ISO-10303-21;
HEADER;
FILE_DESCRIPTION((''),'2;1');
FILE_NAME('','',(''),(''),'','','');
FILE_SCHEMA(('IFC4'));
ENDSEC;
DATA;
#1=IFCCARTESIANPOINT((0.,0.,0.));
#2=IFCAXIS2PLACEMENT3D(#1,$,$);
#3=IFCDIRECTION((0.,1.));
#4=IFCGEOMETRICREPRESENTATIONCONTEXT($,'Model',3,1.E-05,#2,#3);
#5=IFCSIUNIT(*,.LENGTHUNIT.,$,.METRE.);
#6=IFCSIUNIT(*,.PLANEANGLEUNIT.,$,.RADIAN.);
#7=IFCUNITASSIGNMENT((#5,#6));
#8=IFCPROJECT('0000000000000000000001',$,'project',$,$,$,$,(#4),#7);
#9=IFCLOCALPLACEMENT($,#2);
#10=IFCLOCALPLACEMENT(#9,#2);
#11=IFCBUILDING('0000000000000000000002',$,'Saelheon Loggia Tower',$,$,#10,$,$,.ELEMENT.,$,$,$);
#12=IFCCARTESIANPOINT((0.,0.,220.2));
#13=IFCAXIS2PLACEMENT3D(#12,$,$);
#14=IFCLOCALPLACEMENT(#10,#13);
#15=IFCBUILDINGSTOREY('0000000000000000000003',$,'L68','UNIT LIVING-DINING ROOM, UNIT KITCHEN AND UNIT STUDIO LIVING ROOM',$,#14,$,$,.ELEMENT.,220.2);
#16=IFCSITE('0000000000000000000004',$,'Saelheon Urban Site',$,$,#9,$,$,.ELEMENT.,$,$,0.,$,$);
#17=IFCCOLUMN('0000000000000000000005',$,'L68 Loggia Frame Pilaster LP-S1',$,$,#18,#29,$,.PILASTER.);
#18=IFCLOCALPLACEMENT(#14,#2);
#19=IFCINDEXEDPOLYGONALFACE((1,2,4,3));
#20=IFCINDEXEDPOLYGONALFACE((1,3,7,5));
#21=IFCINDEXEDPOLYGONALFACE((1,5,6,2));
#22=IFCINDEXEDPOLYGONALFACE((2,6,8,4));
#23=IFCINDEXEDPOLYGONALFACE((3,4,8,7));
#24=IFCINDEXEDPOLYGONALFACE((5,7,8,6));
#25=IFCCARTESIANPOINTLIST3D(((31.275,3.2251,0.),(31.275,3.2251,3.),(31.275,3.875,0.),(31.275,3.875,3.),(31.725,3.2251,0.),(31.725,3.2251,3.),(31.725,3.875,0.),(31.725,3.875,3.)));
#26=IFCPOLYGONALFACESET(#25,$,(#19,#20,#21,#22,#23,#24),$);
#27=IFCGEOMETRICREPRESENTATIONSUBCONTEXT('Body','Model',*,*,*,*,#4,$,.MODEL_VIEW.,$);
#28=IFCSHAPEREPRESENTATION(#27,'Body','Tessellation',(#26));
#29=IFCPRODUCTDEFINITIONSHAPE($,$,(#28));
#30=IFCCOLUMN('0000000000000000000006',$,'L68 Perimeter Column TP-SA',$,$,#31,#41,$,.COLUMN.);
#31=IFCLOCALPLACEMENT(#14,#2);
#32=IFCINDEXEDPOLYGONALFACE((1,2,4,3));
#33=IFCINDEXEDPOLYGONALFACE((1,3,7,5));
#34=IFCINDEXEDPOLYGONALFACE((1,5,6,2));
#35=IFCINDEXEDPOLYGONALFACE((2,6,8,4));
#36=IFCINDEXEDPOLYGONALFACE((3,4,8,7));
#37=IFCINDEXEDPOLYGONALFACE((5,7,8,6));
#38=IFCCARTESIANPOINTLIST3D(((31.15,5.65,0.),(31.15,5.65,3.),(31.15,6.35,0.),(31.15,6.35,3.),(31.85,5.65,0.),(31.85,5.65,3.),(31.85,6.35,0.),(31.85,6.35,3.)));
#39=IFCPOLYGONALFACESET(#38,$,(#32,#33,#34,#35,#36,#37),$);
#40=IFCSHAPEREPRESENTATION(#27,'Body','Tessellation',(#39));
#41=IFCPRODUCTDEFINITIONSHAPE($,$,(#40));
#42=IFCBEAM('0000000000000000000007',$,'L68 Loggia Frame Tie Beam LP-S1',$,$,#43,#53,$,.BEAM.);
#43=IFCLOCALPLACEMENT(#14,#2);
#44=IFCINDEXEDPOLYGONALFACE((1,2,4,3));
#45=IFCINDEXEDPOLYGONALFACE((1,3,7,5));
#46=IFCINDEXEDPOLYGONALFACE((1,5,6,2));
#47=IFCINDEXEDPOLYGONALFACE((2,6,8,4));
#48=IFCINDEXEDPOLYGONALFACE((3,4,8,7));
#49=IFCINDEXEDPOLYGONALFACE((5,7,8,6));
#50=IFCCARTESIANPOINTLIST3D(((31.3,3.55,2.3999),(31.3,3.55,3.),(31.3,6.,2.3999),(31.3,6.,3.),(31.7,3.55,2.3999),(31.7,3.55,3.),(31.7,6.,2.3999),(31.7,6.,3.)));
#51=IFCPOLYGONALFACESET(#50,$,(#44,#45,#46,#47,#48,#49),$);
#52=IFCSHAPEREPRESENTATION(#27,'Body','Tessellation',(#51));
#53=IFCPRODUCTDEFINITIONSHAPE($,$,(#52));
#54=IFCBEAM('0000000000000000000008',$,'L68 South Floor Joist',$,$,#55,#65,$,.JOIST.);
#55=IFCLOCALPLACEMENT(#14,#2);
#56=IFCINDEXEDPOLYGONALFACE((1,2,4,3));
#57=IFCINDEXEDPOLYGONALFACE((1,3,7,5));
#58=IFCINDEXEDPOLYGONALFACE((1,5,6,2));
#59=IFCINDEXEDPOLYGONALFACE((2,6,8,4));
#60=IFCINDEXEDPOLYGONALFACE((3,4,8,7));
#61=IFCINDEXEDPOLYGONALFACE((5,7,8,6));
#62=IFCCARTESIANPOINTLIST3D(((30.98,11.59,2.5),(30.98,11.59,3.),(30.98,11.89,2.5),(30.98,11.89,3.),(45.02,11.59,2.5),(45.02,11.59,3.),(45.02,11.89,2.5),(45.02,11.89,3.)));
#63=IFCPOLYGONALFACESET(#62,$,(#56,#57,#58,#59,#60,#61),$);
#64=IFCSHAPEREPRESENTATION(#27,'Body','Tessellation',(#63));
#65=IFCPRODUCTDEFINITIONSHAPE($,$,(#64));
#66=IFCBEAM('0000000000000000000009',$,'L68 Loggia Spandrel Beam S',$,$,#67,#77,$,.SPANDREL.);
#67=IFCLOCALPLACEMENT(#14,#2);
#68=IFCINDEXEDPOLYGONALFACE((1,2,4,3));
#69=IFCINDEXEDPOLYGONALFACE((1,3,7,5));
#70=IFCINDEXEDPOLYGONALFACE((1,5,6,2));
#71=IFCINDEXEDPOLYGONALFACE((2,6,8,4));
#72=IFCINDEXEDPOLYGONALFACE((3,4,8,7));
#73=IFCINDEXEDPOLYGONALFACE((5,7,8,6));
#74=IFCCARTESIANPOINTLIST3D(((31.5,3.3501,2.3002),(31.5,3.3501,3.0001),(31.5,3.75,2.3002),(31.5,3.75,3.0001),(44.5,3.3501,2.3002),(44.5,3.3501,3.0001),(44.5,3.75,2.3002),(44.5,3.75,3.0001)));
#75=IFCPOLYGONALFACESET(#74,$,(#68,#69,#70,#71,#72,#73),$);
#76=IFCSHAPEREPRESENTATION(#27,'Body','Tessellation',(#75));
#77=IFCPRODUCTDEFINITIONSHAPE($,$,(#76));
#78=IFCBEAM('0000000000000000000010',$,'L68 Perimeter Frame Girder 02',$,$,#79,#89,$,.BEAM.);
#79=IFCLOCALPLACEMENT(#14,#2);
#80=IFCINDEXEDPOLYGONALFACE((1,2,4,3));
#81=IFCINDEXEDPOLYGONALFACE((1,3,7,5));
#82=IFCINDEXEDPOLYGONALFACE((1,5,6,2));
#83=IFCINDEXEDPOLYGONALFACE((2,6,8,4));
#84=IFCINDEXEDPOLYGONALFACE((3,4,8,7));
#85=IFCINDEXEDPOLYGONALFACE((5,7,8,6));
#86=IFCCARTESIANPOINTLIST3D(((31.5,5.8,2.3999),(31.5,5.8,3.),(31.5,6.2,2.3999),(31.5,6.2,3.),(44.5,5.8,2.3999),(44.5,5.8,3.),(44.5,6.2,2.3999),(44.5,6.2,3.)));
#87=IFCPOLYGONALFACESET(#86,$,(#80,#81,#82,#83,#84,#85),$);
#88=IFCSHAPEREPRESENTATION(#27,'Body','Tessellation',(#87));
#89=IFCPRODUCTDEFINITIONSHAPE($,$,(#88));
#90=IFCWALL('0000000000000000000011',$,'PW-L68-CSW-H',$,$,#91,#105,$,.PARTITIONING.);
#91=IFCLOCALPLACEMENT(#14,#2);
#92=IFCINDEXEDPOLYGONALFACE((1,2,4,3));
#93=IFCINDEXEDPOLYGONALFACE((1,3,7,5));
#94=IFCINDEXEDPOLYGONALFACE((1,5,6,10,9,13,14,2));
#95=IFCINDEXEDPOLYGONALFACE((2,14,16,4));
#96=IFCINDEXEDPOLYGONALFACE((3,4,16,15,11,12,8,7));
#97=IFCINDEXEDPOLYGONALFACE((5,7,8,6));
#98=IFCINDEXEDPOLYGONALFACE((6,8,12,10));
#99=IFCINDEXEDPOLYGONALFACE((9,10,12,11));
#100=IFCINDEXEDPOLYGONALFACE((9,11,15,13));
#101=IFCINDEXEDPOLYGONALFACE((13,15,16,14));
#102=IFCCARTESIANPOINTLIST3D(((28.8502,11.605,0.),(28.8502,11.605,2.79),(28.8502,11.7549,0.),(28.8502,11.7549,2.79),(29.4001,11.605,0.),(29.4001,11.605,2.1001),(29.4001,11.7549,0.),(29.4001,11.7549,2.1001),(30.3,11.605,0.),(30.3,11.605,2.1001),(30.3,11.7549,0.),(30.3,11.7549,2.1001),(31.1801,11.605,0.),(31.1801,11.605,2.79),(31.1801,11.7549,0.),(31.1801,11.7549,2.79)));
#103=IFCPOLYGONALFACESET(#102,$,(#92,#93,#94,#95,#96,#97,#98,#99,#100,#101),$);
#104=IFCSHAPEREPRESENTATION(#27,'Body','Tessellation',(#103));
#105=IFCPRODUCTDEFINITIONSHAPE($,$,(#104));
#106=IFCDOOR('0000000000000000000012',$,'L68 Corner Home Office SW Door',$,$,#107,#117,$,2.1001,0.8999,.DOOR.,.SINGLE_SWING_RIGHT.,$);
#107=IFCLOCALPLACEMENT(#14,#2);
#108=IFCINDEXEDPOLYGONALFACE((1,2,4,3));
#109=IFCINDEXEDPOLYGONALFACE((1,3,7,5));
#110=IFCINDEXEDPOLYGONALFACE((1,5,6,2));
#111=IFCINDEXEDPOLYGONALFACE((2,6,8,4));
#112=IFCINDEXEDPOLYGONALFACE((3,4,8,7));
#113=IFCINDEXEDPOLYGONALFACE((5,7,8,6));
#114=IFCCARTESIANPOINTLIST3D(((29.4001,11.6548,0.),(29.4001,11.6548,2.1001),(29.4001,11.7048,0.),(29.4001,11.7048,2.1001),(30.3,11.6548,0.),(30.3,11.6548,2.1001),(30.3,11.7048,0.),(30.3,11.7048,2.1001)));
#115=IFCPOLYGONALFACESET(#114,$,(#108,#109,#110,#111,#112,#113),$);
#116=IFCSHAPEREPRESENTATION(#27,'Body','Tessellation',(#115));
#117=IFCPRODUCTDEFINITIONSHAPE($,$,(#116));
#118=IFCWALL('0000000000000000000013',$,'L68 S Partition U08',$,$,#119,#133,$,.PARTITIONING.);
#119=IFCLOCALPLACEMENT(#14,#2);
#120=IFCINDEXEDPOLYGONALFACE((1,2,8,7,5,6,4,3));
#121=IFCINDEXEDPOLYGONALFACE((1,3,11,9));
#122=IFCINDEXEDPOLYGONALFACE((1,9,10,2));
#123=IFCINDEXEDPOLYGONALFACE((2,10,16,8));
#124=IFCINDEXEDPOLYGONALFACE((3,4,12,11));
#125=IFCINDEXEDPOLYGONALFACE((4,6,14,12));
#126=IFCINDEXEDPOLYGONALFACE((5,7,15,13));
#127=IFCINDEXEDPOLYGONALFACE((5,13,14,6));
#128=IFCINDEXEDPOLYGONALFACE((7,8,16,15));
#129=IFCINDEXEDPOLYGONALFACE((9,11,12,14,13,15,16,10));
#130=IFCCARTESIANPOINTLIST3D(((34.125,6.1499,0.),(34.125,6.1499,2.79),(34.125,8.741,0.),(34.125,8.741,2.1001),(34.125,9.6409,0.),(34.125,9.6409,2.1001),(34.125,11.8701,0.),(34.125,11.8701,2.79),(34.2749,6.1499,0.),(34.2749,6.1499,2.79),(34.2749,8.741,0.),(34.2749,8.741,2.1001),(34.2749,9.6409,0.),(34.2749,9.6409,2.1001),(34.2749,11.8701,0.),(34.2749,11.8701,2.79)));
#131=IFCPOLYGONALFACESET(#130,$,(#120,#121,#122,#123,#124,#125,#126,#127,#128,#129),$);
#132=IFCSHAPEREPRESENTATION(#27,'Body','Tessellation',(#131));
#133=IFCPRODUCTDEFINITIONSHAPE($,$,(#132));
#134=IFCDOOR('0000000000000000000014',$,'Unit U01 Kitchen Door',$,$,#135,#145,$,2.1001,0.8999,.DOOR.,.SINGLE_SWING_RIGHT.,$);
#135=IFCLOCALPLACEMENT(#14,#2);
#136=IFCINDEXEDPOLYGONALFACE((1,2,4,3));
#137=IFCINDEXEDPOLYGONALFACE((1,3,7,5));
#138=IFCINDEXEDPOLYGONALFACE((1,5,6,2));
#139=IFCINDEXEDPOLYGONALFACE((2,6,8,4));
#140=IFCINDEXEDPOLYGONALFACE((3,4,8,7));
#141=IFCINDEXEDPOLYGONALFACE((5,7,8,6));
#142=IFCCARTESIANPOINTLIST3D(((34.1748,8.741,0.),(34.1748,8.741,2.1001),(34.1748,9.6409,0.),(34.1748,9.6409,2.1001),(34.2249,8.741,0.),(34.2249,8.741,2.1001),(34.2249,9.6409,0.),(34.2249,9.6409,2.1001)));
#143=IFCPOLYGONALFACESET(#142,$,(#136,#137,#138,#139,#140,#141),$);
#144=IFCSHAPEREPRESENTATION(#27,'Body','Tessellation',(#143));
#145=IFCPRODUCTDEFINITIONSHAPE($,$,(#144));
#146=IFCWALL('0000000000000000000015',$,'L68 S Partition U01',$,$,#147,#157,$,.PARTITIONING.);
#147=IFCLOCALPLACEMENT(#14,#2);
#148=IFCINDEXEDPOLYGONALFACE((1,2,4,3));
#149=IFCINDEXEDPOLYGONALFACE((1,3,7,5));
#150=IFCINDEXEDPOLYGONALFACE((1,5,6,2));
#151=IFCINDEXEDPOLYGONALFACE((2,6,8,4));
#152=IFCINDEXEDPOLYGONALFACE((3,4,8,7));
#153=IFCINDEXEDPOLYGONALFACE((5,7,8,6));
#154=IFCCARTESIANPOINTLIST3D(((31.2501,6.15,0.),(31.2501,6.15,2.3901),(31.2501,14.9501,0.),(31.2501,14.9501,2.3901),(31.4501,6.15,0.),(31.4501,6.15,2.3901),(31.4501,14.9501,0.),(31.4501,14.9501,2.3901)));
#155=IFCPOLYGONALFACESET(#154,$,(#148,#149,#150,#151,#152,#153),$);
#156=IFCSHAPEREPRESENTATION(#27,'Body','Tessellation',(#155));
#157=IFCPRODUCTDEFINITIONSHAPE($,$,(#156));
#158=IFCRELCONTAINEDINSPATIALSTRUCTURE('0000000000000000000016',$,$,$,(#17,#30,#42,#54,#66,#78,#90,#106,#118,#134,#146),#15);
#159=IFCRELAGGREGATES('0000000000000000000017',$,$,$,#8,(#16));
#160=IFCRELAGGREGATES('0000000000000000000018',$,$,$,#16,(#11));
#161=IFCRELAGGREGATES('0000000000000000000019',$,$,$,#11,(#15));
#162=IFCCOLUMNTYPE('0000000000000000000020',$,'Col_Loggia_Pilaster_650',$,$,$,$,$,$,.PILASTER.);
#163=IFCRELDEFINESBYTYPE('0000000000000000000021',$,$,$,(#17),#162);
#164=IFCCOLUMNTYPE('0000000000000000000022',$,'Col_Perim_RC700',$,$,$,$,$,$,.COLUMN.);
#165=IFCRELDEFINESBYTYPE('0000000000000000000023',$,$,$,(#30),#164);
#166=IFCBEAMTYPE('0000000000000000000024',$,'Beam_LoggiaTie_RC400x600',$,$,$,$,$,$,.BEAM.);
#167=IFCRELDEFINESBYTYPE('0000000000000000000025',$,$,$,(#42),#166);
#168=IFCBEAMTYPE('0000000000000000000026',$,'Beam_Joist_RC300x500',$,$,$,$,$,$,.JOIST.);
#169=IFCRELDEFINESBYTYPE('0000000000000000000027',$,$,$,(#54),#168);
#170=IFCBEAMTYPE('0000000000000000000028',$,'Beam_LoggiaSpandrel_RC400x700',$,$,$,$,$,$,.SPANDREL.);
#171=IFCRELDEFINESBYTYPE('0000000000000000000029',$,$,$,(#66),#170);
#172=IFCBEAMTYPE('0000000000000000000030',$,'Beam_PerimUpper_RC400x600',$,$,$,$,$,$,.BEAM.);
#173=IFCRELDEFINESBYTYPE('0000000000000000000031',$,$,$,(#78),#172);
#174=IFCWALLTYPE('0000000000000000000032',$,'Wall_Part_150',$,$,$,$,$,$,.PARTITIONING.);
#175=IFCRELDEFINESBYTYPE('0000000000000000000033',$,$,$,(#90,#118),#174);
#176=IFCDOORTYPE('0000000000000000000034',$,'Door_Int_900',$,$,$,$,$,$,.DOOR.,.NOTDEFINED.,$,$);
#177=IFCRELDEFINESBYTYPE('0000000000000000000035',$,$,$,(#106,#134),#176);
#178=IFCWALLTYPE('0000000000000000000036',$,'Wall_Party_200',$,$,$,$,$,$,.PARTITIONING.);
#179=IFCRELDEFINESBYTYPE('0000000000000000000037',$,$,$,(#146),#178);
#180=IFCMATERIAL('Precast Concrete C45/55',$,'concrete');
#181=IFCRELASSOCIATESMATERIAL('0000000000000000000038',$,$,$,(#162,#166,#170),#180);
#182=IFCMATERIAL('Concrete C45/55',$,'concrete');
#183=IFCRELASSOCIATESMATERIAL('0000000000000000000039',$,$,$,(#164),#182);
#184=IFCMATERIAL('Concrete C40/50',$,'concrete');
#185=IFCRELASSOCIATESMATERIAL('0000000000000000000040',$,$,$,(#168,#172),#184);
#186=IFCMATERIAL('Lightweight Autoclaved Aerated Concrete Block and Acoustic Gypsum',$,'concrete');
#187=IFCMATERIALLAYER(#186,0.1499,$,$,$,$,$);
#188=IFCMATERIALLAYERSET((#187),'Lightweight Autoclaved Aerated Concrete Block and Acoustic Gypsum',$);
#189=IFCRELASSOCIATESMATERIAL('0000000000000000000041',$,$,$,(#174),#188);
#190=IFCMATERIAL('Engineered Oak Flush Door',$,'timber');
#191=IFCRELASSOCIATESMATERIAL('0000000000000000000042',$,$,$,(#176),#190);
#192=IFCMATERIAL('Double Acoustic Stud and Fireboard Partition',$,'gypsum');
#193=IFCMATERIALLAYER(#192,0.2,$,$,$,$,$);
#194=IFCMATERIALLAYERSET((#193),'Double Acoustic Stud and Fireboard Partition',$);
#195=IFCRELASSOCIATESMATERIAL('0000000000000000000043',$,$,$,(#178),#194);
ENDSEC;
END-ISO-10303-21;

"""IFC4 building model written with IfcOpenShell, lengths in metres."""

from ifc_helpers import new_model, si_unit, direction, frame, frame_2d, origin, origin_2d, place, context, subcontext, project, spatial, rectangle, extrude, source, transform, mapped, material, layer, layer_set, material_profile, profile_set, type_object, element, fill, save


model = new_model("IFC4")

# Units and contexts
model_context = context("Model", 3, precision=1e-05, world=origin(), true_north=direction((0.0, 1.0)))
body_context = subcontext(model_context, "Body", "Model", "MODEL_VIEW")
ifc_project = project(units=[si_unit("LENGTHUNIT", "METRE"), si_unit("PLANEANGLEUNIT", "RADIAN")], contexts=[model_context])

# Site, building, storey
site_placement = place(None, origin())
site = spatial("IfcSite", under=ifc_project, at=site_placement, Name="Saelheon Urban Site", CompositionType="ELEMENT", RefElevation=0.0)
building_placement = place(site_placement, origin())
building = spatial("IfcBuilding", under=site, at=building_placement, Name="Saelheon Loggia Tower", CompositionType="ELEMENT")
storey_placement = place(building_placement, frame((0.0, 0.0, 220.2)))
storey = spatial("IfcBuildingStorey", under=building, at=storey_placement, Name="L68", Description="UNIT LIVING-DINING ROOM, UNIT KITCHEN AND UNIT STUDIO LIVING ROOM", CompositionType="ELEMENT", Elevation=220.2)

# Columns
ifc_material_1 = material(Name="Precast Concrete C45/55", Category="concrete")
ifc_material_profile_1 = material_profile(ifc_material_1, rectangle(XDim=0.45, YDim=0.6499, at=origin_2d()), Name="RC-450x650")
ifc_profile_set_1 = profile_set([ifc_material_profile_1], Name="Precast Concrete C45/55")
column_type_1 = type_object("IfcColumnType", Name="Col_Loggia_Pilaster_650", PredefinedType="PILASTER", material=ifc_profile_set_1)
shared_shape_1 = source(origin(), body_context, "Body", "SweptSolid", [
    extrude(rectangle(XDim=0.45, YDim=0.6499, at=origin_2d()), origin(), (0.0, 0.0, 1.0), 3.0),
])
column_1_placement = place(storey_placement, frame((31.5, 3.55, 0.0), z_axis=(0.0, 0.0, 1.0), x_axis=(1.0, 0.0, 0.0)))
element("IfcColumn", 1, at=column_1_placement, inside=storey, type_object=column_type_1, Name="L68 Loggia Frame Pilaster LP-S1", PredefinedType="PILASTER", context=body_context, shape_type="MappedRepresentation", body=[
    mapped(shared_shape_1, transform((0.0, 0.0, 0.0), scale=1.0)),
])
ifc_material_2 = material(Name="Concrete C45/55", Category="concrete")
ifc_material_profile_2 = material_profile(ifc_material_2, rectangle(XDim=0.7, YDim=0.7, at=origin_2d()), Name="RC-700x700")
ifc_profile_set_2 = profile_set([ifc_material_profile_2], Name="Concrete C45/55")
column_type_2 = type_object("IfcColumnType", Name="Col_Perim_RC700", PredefinedType="COLUMN", material=ifc_profile_set_2)
shared_shape_2 = source(origin(), body_context, "Body", "SweptSolid", [
    extrude(rectangle(XDim=0.7, YDim=0.7, at=origin_2d()), origin(), (0.0, 0.0, 1.0), 3.0),
])
column_2_placement = place(storey_placement, frame((31.5, 6.0, 0.0), z_axis=(0.0, 0.0, 1.0), x_axis=(1.0, 0.0, 0.0)))
element("IfcColumn", 2, at=column_2_placement, inside=storey, type_object=column_type_2, Name="L68 Perimeter Column TP-SA", PredefinedType="COLUMN", context=body_context, shape_type="MappedRepresentation", body=[
    mapped(shared_shape_2, transform((0.0, 0.0, 0.0), scale=1.0)),
])

# Beams
ifc_material_profile_3 = material_profile(ifc_material_1, rectangle(XDim=0.3999, YDim=0.6001, at=origin_2d()), Name="RC-400x600")
ifc_profile_set_3 = profile_set([ifc_material_profile_3], Name="Precast Concrete C45/55")
beam_type_1 = type_object("IfcBeamType", Name="Beam_LoggiaTie_RC400x600", PredefinedType="BEAM", material=ifc_profile_set_3)
shared_shape_3 = source(origin(), body_context, "Body", "SweptSolid", [
    extrude(rectangle(XDim=0.3999, YDim=0.6001, at=origin_2d()), origin(), (0.0, 0.0, 1.0), 2.45),
])
beam_1_placement = place(storey_placement, frame((31.5, 6.0, 2.7), z_axis=(0.0, -1.0, 0.0), x_axis=(1.0, 0.0, 0.0)))
element("IfcBeam", 3, at=beam_1_placement, inside=storey, type_object=beam_type_1, Name="L68 Loggia Frame Tie Beam LP-S1", PredefinedType="BEAM", context=body_context, shape_type="MappedRepresentation", body=[
    mapped(shared_shape_3, transform((0.0, 0.0, 0.0), scale=1.0)),
])
ifc_material_3 = material(Name="Concrete C40/50", Category="concrete")
ifc_material_profile_4 = material_profile(ifc_material_3, rectangle(XDim=0.3, YDim=0.5, at=origin_2d()), Name="RC-300x500")
ifc_profile_set_4 = profile_set([ifc_material_profile_4], Name="Concrete C40/50")
beam_type_2 = type_object("IfcBeamType", Name="Beam_Joist_RC300x500", PredefinedType="JOIST", material=ifc_profile_set_4)
shared_shape_4 = source(origin(), body_context, "Body", "SweptSolid", [
    extrude(rectangle(XDim=0.3, YDim=0.5, at=origin_2d()), origin(), (0.0, 0.0, 1.0), 14.04),
])
beam_2_placement = place(storey_placement, frame((30.98, 11.74, 2.75), z_axis=(1.0, 0.0, 0.0), x_axis=(0.0, 1.0, 0.0)))
element("IfcBeam", 4, at=beam_2_placement, inside=storey, type_object=beam_type_2, Name="L68 South Floor Joist", PredefinedType="JOIST", context=body_context, shape_type="MappedRepresentation", body=[
    mapped(shared_shape_4, transform((0.0, 0.0, 0.0), scale=1.0)),
])
ifc_material_profile_5 = material_profile(ifc_material_1, rectangle(XDim=0.3999, YDim=0.7, at=origin_2d()), Name="RC-400x700")
ifc_profile_set_5 = profile_set([ifc_material_profile_5], Name="Precast Concrete C45/55")
beam_type_3 = type_object("IfcBeamType", Name="Beam_LoggiaSpandrel_RC400x700", PredefinedType="SPANDREL", material=ifc_profile_set_5)
shared_shape_5 = source(origin(), body_context, "Body", "SweptSolid", [
    extrude(rectangle(XDim=0.3999, YDim=0.7, at=origin_2d()), origin(), (0.0, 0.0, 1.0), 13.0),
])
beam_3_placement = place(storey_placement, frame((31.5, 3.55, 2.6501), z_axis=(1.0, 0.0, 0.0), x_axis=(0.0, 1.0, 0.0)))
element("IfcBeam", 5, at=beam_3_placement, inside=storey, type_object=beam_type_3, Name="L68 Loggia Spandrel Beam S", PredefinedType="SPANDREL", context=body_context, shape_type="MappedRepresentation", body=[
    mapped(shared_shape_5, transform((0.0, 0.0, 0.0), scale=1.0)),
])
ifc_material_profile_6 = material_profile(ifc_material_3, rectangle(XDim=0.3999, YDim=0.6001, at=origin_2d()), Name="RC-400x600")
ifc_profile_set_6 = profile_set([ifc_material_profile_6], Name="Concrete C40/50")
beam_type_4 = type_object("IfcBeamType", Name="Beam_PerimUpper_RC400x600", PredefinedType="BEAM", material=ifc_profile_set_6)
shared_shape_6 = source(origin(), body_context, "Body", "SweptSolid", [
    extrude(rectangle(XDim=0.3999, YDim=0.6001, at=origin_2d()), origin(), (0.0, 0.0, 1.0), 13.0),
])
beam_4_placement = place(storey_placement, frame((31.5, 6.0, 2.7), z_axis=(1.0, 0.0, 0.0), x_axis=(0.0, 1.0, 0.0)))
element("IfcBeam", 6, at=beam_4_placement, inside=storey, type_object=beam_type_4, Name="L68 Perimeter Frame Girder 02", PredefinedType="BEAM", context=body_context, shape_type="MappedRepresentation", body=[
    mapped(shared_shape_6, transform((0.0, 0.0, 0.0), scale=1.0)),
])

# Walls, openings, doors
ifc_material_4 = material(Name="Lightweight Autoclaved Aerated Concrete Block and Acoustic Gypsum", Category="concrete")
ifc_layer_1 = layer(ifc_material_4, 0.1499)
ifc_layer_set_1 = layer_set([ifc_layer_1], Name="Lightweight Autoclaved Aerated Concrete Block and Acoustic Gypsum")
wall_type_1 = type_object("IfcWallType", Name="Wall_Part_150", PredefinedType="PARTITIONING", material=ifc_layer_set_1)
wall_1_placement = place(storey_placement, frame((28.8501, 11.6799, 0.0), z_axis=(0.0, 0.0, 1.0), x_axis=(1.0, 0.0, 0.0)))
wall_1 = element("IfcWall", 7, at=wall_1_placement, inside=storey, type_object=wall_type_1, Name="PW-L68-CSW-H", PredefinedType="PARTITIONING", context=body_context, shape_type="SweptSolid", body=[
    extrude(rectangle(XDim=2.3298, YDim=0.1499, at=frame_2d((1.165, 0.0))), origin(), (0.0, 0.0, 1.0), 2.79),
])
opening_1_placement = place(wall_1_placement, frame((0.55, 0.0, 0.0)))
opening_1 = element("IfcOpeningElement", 8, at=opening_1_placement, cuts=wall_1, PredefinedType="OPENING", context=body_context, shape_type="SweptSolid", body=[
    extrude(rectangle(XDim=0.8999, YDim=2.1001, at=frame_2d((0.45, 1.05))), frame((0.0, 0.0869, 0.0), z_axis=(0.0, -1.0, 0.0), x_axis=(1.0, 0.0, 0.0)), (0.0, 0.0, 1.0), 0.1738),
])
ifc_material_5 = material(Name="Engineered Oak Flush Door", Category="timber")
door_type_1 = type_object("IfcDoorType", Name="Door_Int_900", OperationType="NOTDEFINED", PredefinedType="DOOR", material=ifc_material_5)
shared_shape_7 = source(origin(), body_context, "Body", "SweptSolid", [
    extrude(rectangle(XDim=0.8999, YDim=2.1001, at=frame_2d((0.45, 1.05))), frame((0.0, 0.0249, 0.0), z_axis=(0.0, -1.0, 0.0), x_axis=(1.0, 0.0, 0.0)), (0.0, 0.0, 1.0), 0.05),
])
door_1_placement = place(opening_1_placement, origin())
door_1 = element("IfcDoor", 9, at=door_1_placement, inside=storey, type_object=door_type_1, Name="L68 Corner Home Office SW Door", OperationType="SINGLE_SWING_RIGHT", OverallHeight=2.1001, OverallWidth=0.8999, PredefinedType="DOOR", context=body_context, shape_type="MappedRepresentation", body=[
    mapped(shared_shape_7, transform((0.0, 0.0, 0.0), scale=1.0)),
])
fill(opening_1, door_1)
wall_2_placement = place(storey_placement, frame((34.2, 11.8701, 0.0), z_axis=(0.0, 0.0, 1.0), x_axis=(0.0, -1.0, 0.0)))
wall_2 = element("IfcWall", 10, at=wall_2_placement, inside=storey, type_object=wall_type_1, Name="L68 S Partition U08", PredefinedType="PARTITIONING", context=body_context, shape_type="SweptSolid", body=[
    extrude(rectangle(XDim=5.7202, YDim=0.1499, at=frame_2d((2.8601, 0.0))), origin(), (0.0, 0.0, 1.0), 2.79),
])
opening_2_placement = place(wall_2_placement, frame((2.2292, 0.0, 0.0)))
opening_2 = element("IfcOpeningElement", 11, at=opening_2_placement, cuts=wall_2, PredefinedType="OPENING", context=body_context, shape_type="SweptSolid", body=[
    extrude(rectangle(XDim=0.8999, YDim=2.1001, at=frame_2d((0.45, 1.05))), frame((0.0, 0.0869, 0.0), z_axis=(0.0, -1.0, 0.0), x_axis=(1.0, 0.0, 0.0)), (0.0, 0.0, 1.0), 0.1738),
])
door_2_placement = place(opening_2_placement, origin())
door_2 = element("IfcDoor", 12, at=door_2_placement, inside=storey, type_object=door_type_1, Name="Unit U01 Kitchen Door", OperationType="SINGLE_SWING_RIGHT", OverallHeight=2.1001, OverallWidth=0.8999, PredefinedType="DOOR", context=body_context, shape_type="MappedRepresentation", body=[
    mapped(shared_shape_7, transform((0.0, 0.0, 0.0), scale=1.0)),
])
fill(opening_2, door_2)

# Wall
ifc_material_6 = material(Name="Double Acoustic Stud and Fireboard Partition", Category="gypsum")
ifc_layer_2 = layer(ifc_material_6, 0.2)
ifc_layer_set_2 = layer_set([ifc_layer_2], Name="Double Acoustic Stud and Fireboard Partition")
wall_type_2 = type_object("IfcWallType", Name="Wall_Party_200", PredefinedType="PARTITIONING", material=ifc_layer_set_2)
wall_3_placement = place(storey_placement, frame((31.3501, 14.95, 0.0), z_axis=(0.0, 0.0, 1.0), x_axis=(0.0, -1.0, 0.0)))
element("IfcWall", 13, at=wall_3_placement, inside=storey, type_object=wall_type_2, Name="L68 S Partition U01", PredefinedType="PARTITIONING", context=body_context, shape_type="SweptSolid", body=[
    extrude(rectangle(XDim=8.8, YDim=0.2, at=frame_2d((4.3999, 0.0))), origin(), (0.0, 0.0, 1.0), 2.3901),
])

save(model, "model.ifc")
